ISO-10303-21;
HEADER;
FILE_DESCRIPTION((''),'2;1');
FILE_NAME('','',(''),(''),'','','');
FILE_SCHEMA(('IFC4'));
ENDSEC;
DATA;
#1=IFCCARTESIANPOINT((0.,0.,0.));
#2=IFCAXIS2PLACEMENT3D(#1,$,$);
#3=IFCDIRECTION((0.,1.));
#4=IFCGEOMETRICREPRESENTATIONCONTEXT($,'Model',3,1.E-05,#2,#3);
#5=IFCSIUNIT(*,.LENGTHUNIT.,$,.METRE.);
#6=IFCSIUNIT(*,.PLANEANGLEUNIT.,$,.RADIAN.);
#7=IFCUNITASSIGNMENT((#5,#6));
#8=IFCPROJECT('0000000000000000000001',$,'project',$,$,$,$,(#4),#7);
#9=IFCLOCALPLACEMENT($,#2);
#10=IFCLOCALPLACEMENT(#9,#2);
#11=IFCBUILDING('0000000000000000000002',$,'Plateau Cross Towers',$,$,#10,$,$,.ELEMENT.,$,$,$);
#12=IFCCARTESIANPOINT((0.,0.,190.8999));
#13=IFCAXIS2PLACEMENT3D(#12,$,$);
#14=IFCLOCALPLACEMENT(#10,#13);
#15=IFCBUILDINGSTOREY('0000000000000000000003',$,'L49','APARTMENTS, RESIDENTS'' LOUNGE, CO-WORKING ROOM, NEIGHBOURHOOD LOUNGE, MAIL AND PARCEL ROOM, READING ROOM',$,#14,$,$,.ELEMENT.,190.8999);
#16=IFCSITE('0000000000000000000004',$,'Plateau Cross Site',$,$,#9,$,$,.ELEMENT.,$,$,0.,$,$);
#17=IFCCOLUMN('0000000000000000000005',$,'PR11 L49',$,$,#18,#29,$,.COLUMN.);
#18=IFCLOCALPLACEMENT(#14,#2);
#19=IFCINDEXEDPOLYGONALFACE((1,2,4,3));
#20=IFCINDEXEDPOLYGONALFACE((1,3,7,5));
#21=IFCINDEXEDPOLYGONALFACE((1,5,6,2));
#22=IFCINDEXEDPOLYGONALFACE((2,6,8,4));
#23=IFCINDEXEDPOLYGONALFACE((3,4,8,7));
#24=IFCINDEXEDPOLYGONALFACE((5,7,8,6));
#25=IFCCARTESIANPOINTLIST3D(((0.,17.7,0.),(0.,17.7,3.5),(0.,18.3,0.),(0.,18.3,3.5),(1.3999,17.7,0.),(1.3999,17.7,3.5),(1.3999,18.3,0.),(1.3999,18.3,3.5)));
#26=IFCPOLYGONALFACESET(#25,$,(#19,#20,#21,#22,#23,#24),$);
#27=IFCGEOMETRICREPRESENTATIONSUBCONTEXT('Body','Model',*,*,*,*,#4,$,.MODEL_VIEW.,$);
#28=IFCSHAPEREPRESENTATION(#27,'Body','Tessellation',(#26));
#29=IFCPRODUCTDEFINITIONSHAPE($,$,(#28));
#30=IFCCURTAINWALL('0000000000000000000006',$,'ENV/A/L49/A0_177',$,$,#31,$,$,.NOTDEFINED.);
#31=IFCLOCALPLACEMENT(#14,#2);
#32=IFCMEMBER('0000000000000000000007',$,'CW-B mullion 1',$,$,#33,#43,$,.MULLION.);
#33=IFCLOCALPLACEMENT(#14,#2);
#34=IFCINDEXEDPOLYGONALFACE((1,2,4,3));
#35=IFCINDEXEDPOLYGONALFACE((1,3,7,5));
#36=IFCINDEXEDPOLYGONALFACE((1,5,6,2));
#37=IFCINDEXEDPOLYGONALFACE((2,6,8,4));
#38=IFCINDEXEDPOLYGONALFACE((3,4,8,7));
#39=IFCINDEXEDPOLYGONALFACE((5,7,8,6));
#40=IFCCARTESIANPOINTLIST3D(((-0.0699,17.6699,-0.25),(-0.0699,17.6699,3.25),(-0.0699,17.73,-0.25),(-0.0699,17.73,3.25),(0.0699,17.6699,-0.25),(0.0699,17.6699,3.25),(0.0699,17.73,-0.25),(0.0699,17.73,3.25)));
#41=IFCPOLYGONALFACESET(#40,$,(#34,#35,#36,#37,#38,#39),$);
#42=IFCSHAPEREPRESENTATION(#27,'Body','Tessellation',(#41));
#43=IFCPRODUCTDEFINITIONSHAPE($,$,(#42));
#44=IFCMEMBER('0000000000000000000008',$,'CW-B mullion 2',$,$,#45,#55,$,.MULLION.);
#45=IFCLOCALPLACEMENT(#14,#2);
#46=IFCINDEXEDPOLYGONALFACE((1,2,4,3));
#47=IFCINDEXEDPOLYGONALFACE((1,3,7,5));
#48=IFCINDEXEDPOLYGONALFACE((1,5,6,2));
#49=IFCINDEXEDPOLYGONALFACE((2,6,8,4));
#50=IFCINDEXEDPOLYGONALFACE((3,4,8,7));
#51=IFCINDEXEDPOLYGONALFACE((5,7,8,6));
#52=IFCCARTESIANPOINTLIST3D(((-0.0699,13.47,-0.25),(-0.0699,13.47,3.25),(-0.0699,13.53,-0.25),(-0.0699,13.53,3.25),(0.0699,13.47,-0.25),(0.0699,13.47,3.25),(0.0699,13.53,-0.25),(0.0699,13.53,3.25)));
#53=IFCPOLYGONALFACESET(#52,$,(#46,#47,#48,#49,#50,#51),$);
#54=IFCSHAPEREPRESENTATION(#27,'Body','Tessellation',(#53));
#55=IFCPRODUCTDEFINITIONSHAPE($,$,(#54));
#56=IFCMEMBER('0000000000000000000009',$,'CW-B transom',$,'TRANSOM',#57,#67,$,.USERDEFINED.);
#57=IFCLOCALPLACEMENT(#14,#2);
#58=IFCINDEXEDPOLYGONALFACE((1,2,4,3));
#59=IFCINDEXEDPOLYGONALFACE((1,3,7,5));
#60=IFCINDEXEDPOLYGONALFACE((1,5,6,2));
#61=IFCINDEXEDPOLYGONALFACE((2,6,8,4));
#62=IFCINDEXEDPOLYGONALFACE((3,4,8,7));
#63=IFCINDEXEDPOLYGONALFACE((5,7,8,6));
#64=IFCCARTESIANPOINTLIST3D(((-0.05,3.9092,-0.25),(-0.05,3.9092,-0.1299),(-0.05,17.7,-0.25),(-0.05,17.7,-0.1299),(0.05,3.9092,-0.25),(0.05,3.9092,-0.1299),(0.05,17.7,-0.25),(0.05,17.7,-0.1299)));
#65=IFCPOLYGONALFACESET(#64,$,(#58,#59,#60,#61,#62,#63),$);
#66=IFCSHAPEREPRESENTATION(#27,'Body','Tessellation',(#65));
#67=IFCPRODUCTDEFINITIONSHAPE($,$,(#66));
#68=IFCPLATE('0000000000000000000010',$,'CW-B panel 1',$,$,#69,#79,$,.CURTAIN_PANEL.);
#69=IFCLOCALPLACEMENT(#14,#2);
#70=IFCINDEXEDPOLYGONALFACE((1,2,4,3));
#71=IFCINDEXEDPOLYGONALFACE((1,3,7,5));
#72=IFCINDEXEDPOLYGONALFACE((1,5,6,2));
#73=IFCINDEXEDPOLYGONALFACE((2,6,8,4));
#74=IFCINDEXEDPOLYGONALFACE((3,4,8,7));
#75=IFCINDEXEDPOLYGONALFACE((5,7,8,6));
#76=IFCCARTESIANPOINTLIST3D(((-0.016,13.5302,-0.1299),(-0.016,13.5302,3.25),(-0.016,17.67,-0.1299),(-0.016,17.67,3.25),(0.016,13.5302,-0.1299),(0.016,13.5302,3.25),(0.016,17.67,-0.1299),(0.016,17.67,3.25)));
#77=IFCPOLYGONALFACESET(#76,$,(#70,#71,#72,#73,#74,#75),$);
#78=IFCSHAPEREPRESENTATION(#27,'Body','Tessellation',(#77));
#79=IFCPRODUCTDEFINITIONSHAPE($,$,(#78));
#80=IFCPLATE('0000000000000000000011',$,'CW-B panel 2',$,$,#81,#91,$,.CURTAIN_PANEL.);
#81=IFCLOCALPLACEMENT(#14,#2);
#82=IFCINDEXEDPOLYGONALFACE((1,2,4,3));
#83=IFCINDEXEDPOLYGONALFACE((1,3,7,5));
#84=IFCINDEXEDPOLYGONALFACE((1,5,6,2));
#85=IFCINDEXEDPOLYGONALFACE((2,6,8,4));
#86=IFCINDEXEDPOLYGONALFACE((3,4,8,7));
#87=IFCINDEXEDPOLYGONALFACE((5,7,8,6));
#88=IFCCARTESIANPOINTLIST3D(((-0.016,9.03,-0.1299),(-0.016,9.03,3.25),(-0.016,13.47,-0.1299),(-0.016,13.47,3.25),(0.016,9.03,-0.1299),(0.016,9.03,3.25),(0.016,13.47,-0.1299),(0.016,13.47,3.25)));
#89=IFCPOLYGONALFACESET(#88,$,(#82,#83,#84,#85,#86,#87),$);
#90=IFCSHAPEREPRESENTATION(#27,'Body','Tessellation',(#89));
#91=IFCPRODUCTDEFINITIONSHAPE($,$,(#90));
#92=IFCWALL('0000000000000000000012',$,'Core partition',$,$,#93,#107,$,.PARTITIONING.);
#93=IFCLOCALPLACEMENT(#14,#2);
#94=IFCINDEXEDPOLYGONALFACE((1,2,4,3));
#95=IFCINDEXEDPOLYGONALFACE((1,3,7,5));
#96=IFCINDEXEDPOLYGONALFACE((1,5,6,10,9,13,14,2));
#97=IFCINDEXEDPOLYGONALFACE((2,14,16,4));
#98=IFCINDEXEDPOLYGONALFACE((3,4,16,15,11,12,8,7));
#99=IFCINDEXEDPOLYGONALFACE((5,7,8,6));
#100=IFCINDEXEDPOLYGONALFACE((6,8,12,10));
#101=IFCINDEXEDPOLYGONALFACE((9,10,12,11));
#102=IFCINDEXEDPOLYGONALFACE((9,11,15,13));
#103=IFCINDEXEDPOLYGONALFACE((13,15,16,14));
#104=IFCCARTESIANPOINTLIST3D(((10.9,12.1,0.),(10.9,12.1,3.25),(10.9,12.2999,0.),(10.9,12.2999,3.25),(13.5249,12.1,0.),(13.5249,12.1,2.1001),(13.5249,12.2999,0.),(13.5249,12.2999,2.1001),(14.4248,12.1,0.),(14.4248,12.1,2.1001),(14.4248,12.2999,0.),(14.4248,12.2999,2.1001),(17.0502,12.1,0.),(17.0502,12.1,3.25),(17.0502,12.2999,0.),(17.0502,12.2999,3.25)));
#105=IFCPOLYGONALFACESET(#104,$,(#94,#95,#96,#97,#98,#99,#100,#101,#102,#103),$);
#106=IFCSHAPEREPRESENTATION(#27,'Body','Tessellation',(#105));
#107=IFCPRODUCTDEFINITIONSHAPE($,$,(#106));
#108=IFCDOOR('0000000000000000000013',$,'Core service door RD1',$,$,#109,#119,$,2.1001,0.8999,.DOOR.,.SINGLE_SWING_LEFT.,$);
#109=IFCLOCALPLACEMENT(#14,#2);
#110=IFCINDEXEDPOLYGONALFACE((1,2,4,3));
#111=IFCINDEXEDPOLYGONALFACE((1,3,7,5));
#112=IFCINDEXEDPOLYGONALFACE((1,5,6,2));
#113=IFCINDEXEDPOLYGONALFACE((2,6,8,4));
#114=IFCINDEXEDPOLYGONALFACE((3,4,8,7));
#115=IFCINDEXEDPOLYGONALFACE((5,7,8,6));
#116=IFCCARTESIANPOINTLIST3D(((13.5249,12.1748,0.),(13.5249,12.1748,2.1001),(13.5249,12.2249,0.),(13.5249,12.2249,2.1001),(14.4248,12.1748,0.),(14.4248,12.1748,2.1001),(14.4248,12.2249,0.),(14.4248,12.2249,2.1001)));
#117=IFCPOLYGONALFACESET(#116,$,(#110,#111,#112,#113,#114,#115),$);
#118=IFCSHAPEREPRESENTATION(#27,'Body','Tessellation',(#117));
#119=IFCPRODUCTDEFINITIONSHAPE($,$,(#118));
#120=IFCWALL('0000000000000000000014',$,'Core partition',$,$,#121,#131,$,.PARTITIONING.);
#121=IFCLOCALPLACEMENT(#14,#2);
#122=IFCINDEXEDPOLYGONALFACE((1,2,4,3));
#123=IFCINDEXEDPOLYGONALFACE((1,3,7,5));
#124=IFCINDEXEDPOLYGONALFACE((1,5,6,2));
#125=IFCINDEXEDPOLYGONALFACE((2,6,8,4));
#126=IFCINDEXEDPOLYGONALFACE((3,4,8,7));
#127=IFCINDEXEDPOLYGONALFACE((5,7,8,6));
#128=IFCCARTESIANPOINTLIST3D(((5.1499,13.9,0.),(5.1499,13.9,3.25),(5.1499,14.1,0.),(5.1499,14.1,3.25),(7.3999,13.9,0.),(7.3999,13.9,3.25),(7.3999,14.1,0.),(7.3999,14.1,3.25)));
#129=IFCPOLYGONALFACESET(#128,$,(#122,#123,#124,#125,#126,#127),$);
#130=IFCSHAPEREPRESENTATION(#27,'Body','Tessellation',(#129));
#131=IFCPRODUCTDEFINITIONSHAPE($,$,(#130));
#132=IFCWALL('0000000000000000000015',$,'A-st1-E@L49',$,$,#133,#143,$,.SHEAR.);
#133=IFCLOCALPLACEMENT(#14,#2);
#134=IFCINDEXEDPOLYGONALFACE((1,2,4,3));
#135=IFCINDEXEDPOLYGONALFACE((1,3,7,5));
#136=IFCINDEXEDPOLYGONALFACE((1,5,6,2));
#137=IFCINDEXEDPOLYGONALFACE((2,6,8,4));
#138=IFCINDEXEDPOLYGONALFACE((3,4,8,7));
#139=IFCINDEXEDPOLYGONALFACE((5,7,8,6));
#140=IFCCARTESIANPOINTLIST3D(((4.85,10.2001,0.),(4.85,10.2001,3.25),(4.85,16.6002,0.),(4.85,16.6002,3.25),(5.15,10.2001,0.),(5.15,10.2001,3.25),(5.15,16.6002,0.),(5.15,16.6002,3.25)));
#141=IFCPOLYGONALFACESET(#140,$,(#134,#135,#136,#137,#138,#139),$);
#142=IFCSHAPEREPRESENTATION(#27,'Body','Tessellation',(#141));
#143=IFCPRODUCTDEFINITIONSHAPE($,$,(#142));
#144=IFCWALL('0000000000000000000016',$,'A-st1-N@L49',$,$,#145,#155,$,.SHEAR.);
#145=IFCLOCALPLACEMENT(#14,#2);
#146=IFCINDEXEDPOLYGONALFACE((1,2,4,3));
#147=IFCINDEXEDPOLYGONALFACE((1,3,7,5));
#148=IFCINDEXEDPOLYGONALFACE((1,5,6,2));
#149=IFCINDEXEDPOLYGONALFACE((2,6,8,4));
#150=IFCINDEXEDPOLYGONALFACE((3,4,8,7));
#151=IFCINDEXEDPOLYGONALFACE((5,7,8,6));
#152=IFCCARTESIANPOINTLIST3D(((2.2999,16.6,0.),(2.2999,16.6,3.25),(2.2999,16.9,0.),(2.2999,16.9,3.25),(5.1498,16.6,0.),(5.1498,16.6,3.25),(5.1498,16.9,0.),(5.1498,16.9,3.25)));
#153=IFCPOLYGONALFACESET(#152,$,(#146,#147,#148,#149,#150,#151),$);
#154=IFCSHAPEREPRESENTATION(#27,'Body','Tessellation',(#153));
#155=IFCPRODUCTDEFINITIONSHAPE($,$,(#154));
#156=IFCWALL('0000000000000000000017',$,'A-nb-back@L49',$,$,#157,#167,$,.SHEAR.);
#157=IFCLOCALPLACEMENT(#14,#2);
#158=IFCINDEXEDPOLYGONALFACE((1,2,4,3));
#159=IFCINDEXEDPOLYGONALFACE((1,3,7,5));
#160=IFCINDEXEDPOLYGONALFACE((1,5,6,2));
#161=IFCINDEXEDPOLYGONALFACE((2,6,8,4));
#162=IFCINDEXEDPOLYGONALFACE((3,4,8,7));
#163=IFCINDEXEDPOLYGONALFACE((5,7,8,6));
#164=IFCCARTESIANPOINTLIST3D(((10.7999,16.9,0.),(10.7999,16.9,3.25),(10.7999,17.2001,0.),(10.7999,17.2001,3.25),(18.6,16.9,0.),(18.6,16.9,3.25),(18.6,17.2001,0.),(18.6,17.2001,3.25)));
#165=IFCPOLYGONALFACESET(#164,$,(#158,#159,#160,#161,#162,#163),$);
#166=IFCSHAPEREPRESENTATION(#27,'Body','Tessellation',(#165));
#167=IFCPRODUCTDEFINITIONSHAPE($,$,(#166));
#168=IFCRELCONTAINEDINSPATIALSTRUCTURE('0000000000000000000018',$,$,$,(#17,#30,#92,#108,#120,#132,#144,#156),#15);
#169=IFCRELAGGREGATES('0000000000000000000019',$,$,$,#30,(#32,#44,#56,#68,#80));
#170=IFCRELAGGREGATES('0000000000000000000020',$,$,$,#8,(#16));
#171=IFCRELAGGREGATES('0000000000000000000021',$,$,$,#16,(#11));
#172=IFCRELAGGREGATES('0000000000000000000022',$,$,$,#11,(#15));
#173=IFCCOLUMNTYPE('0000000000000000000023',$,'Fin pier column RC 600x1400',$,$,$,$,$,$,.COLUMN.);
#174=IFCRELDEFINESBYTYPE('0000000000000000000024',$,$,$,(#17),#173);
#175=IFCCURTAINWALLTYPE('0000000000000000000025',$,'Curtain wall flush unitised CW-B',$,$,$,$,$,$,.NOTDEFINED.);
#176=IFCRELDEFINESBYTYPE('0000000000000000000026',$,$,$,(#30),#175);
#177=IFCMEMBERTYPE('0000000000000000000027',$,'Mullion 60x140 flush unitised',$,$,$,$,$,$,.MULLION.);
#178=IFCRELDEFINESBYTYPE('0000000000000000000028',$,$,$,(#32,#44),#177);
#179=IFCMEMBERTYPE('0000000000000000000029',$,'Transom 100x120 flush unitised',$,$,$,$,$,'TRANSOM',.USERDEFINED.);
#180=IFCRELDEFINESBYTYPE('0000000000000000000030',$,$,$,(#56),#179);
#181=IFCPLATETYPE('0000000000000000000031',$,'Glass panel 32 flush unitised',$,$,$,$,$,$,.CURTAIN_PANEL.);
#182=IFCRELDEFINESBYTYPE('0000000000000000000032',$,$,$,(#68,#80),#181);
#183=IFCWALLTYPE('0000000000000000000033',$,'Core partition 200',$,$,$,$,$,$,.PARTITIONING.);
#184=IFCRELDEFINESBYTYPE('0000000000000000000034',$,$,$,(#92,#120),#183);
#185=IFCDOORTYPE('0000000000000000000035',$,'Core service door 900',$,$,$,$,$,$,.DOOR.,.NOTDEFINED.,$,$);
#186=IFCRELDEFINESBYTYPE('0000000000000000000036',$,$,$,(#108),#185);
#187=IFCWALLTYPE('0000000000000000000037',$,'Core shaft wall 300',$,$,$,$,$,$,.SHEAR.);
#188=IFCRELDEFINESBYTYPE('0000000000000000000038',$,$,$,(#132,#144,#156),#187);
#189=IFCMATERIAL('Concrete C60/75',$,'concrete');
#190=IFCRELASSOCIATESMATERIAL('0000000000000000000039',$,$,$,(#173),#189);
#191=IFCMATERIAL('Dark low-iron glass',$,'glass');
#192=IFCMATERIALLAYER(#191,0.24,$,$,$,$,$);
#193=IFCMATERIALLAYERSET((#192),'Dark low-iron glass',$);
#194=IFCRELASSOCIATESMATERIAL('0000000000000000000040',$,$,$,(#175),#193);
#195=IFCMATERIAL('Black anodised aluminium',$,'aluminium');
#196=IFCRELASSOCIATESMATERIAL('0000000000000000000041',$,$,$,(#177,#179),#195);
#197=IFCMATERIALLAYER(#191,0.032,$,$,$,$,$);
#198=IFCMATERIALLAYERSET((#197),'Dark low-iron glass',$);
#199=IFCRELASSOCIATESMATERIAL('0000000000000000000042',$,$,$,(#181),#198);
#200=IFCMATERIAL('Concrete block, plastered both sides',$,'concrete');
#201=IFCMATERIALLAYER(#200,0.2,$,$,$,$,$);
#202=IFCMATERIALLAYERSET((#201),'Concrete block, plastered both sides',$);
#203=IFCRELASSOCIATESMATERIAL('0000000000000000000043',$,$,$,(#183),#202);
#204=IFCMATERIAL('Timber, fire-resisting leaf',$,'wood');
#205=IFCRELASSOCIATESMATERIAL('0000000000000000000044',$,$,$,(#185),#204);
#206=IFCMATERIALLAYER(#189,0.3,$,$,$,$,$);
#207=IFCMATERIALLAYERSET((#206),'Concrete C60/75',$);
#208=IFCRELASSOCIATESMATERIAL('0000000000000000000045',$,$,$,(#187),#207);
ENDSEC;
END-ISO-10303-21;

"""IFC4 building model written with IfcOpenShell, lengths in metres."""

from ifc_helpers import new_model, si_unit, direction, frame, frame_2d, origin, origin_2d, place, context, subcontext, project, spatial, rectangle, extrude, material, layer, layer_set, material_profile, profile_set, type_object, element, fill, aggregate, save


model = new_model("IFC4")

# Units and contexts
model_context = context("Model", 3, precision=1e-05, world=origin(), true_north=direction((0.0, 1.0)))
body_context = subcontext(model_context, "Body", "Model", "MODEL_VIEW")
ifc_project = project(units=[si_unit("LENGTHUNIT", "METRE"), si_unit("PLANEANGLEUNIT", "RADIAN")], contexts=[model_context])

# Site, building, storey
site_placement = place(None, origin())
site = spatial("IfcSite", under=ifc_project, at=site_placement, Name="Plateau Cross Site", CompositionType="ELEMENT", RefElevation=0.0)
building_placement = place(site_placement, origin())
building = spatial("IfcBuilding", under=site, at=building_placement, Name="Plateau Cross Towers", CompositionType="ELEMENT")
storey_placement = place(building_placement, frame((0.0, 0.0, 190.8999)))
storey = spatial("IfcBuildingStorey", under=building, at=storey_placement, Name="L49", Description="APARTMENTS, RESIDENTS' LOUNGE, CO-WORKING ROOM, NEIGHBOURHOOD LOUNGE, MAIL AND PARCEL ROOM, READING ROOM", CompositionType="ELEMENT", Elevation=190.8999)

# Column
ifc_material_1 = material(Name="Concrete C60/75", Category="concrete")
ifc_material_profile_1 = material_profile(ifc_material_1, rectangle(XDim=0.6001, YDim=1.3999, at=origin_2d()), Name="RC 600x1400")
ifc_profile_set_1 = profile_set([ifc_material_profile_1], Name="Concrete C60/75")
column_type = type_object("IfcColumnType", Name="Fin pier column RC 600x1400", PredefinedType="COLUMN", material=ifc_profile_set_1)
column_placement = place(storey_placement, frame((0.7, 18.0, 0.0), z_axis=(0.0, 0.0, 1.0), x_axis=(0.0, 1.0, 0.0)))
element("IfcColumn", 1, at=column_placement, inside=storey, type_object=column_type, Name="PR11 L49", PredefinedType="COLUMN", context=body_context, shape_type="SweptSolid", body=[
    extrude(rectangle(XDim=0.6001, YDim=1.3999, at=origin_2d()), origin(), (0.0, 0.0, 1.0), 3.5),
])

# Curtain wall, members, plates
ifc_material_2 = material(Name="Dark low-iron glass", Category="glass")
ifc_layer_1 = layer(ifc_material_2, 0.24)
ifc_layer_set_1 = layer_set([ifc_layer_1], Name="Dark low-iron glass")
curtain_wall_type = type_object("IfcCurtainWallType", Name="Curtain wall flush unitised CW-B", PredefinedType="NOTDEFINED", material=ifc_layer_set_1)
curtain_wall_placement = place(storey_placement, origin())
curtain_wall = element("IfcCurtainWall", 2, at=curtain_wall_placement, inside=storey, type_object=curtain_wall_type, Name="ENV/A/L49/A0_177", PredefinedType="NOTDEFINED")
ifc_material_3 = material(Name="Black anodised aluminium", Category="aluminium")
ifc_material_profile_2 = material_profile(ifc_material_3, rectangle(XDim=0.0601, YDim=0.1399, at=origin_2d()), Name="MULLION 60x140")
ifc_profile_set_2 = profile_set([ifc_material_profile_2], Name="Black anodised aluminium")
member_type_1 = type_object("IfcMemberType", Name="Mullion 60x140 flush unitised", PredefinedType="MULLION", material=ifc_profile_set_2)
member_1_placement = place(storey_placement, frame((0.0, 17.7, -0.25), z_axis=(0.0, 0.0, 1.0), x_axis=(0.0, -1.0, 0.0)))
member_1 = element("IfcMember", 3, at=member_1_placement, type_object=member_type_1, Name="CW-B mullion 1", PredefinedType="MULLION", context=body_context, shape_type="SweptSolid", body=[
    extrude(rectangle(XDim=0.0601, YDim=0.1399, at=origin_2d()), origin(), (0.0, 0.0, 1.0), 3.5),
])
member_2_placement = place(storey_placement, frame((0.0, 13.5, -0.25), z_axis=(0.0, 0.0, 1.0), x_axis=(0.0, -1.0, 0.0)))
member_2 = element("IfcMember", 4, at=member_2_placement, type_object=member_type_1, Name="CW-B mullion 2", PredefinedType="MULLION", context=body_context, shape_type="SweptSolid", body=[
    extrude(rectangle(XDim=0.0601, YDim=0.1399, at=origin_2d()), origin(), (0.0, 0.0, 1.0), 3.5),
])
ifc_material_profile_3 = material_profile(ifc_material_3, rectangle(XDim=0.1001, YDim=0.1201, at=origin_2d()), Name="TRANSOM 100x120")
ifc_profile_set_3 = profile_set([ifc_material_profile_3], Name="Black anodised aluminium")
member_type_2 = type_object("IfcMemberType", Name="Transom 100x120 flush unitised", ElementType="TRANSOM", PredefinedType="USERDEFINED", material=ifc_profile_set_3)
member_3_placement = place(storey_placement, frame((0.0, 17.7, -0.1899), z_axis=(0.0, -1.0, 0.0), x_axis=(1.0, 0.0, 0.0)))
member_3 = element("IfcMember", 5, at=member_3_placement, type_object=member_type_2, Name="CW-B transom", ObjectType="TRANSOM", PredefinedType="USERDEFINED", context=body_context, shape_type="SweptSolid", body=[
    extrude(rectangle(XDim=0.1001, YDim=0.1201, at=origin_2d()), origin(), (0.0, 0.0, 1.0), 13.7908),
])
ifc_layer_2 = layer(ifc_material_2, 0.032)
ifc_layer_set_2 = layer_set([ifc_layer_2], Name="Dark low-iron glass")
plate_type = type_object("IfcPlateType", Name="Glass panel 32 flush unitised", PredefinedType="CURTAIN_PANEL", material=ifc_layer_set_2)
plate_1_placement = place(storey_placement, frame((0.0, 15.6001, -0.1299), z_axis=(0.0, 0.0, 1.0), x_axis=(0.0, -1.0, 0.0)))
plate_1 = element("IfcPlate", 6, at=plate_1_placement, type_object=plate_type, Name="CW-B panel 1", PredefinedType="CURTAIN_PANEL", context=body_context, shape_type="SweptSolid", body=[
    extrude(rectangle(XDim=4.1399, YDim=0.032, at=origin_2d()), origin(), (0.0, 0.0, 1.0), 3.3799),
])
plate_2_placement = place(storey_placement, frame((0.0, 11.25, -0.1299), z_axis=(0.0, 0.0, 1.0), x_axis=(0.0, -1.0, 0.0)))
plate_2 = element("IfcPlate", 7, at=plate_2_placement, type_object=plate_type, Name="CW-B panel 2", PredefinedType="CURTAIN_PANEL", context=body_context, shape_type="SweptSolid", body=[
    extrude(rectangle(XDim=4.4399, YDim=0.032, at=origin_2d()), origin(), (0.0, 0.0, 1.0), 3.3799),
])
aggregate(curtain_wall, [member_1, member_2, member_3, plate_1, plate_2])

# Wall, opening, door
ifc_material_4 = material(Name="Concrete block, plastered both sides", Category="concrete")
ifc_layer_3 = layer(ifc_material_4, 0.2)
ifc_layer_set_3 = layer_set([ifc_layer_3], Name="Concrete block, plastered both sides")
wall_type_1 = type_object("IfcWallType", Name="Core partition 200", PredefinedType="PARTITIONING", material=ifc_layer_set_3)
wall_1_placement = place(storey_placement, frame((10.8999, 12.2, 0.0), z_axis=(0.0, 0.0, 1.0), x_axis=(1.0, 0.0, 0.0)))
wall_1 = element("IfcWall", 8, at=wall_1_placement, inside=storey, type_object=wall_type_1, Name="Core partition", PredefinedType="PARTITIONING", context=body_context, shape_type="SweptSolid", body=[
    extrude(rectangle(XDim=6.1501, YDim=0.2, at=frame_2d((3.0752, 0.0))), origin(), (0.0, 0.0, 1.0), 3.25),
])
opening_1_placement = place(wall_1_placement, frame((2.625, 0.0, 0.0)))
opening_1 = element("IfcOpeningElement", 9, at=opening_1_placement, cuts=wall_1, PredefinedType="OPENING", context=body_context, shape_type="SweptSolid", body=[
    extrude(rectangle(XDim=0.8999, YDim=2.1001, at=frame_2d((0.45, 1.05))), frame((0.0, 0.1099, 0.0), z_axis=(0.0, -1.0, 0.0), x_axis=(1.0, 0.0, 0.0)), (0.0, 0.0, 1.0), 0.22),
])
ifc_material_5 = material(Name="Timber, fire-resisting leaf", Category="wood")
door_type_1 = type_object("IfcDoorType", Name="Core service door 900", OperationType="NOTDEFINED", PredefinedType="DOOR", material=ifc_material_5)
door_1_placement = place(opening_1_placement, origin())
door_1 = element("IfcDoor", 10, at=door_1_placement, inside=storey, type_object=door_type_1, Name="Core service door RD1", OperationType="SINGLE_SWING_LEFT", OverallHeight=2.1001, OverallWidth=0.8999, PredefinedType="DOOR", context=body_context, shape_type="SweptSolid", body=[
    extrude(rectangle(XDim=0.8999, YDim=2.1001, at=frame_2d((0.45, 1.05))), frame((0.0, 0.0249, 0.0), z_axis=(0.0, -1.0, 0.0), x_axis=(1.0, 0.0, 0.0)), (0.0, 0.0, 1.0), 0.05),
])
fill(opening_1, door_1)

# Walls
wall_2_placement = place(storey_placement, frame((5.1499, 14.0, 0.0), z_axis=(0.0, 0.0, 1.0), x_axis=(1.0, 0.0, 0.0)))
element("IfcWall", 11, at=wall_2_placement, inside=storey, type_object=wall_type_1, Name="Core partition", PredefinedType="PARTITIONING", context=body_context, shape_type="SweptSolid", body=[
    extrude(rectangle(XDim=2.25, YDim=0.2, at=frame_2d((1.125, 0.0))), origin(), (0.0, 0.0, 1.0), 3.25),
])
ifc_layer_4 = layer(ifc_material_1, 0.3)
ifc_layer_set_4 = layer_set([ifc_layer_4], Name="Concrete C60/75")
wall_type_2 = type_object("IfcWallType", Name="Core shaft wall 300", PredefinedType="SHEAR", material=ifc_layer_set_4)
wall_3_placement = place(storey_placement, frame((5.0, 10.2, 0.0), z_axis=(0.0, 0.0, 1.0), x_axis=(0.0, 1.0, 0.0)))
element("IfcWall", 12, at=wall_3_placement, inside=storey, type_object=wall_type_2, Name="A-st1-E@L49", PredefinedType="SHEAR", context=body_context, shape_type="SweptSolid", body=[
    extrude(rectangle(XDim=6.4001, YDim=0.3, at=frame_2d((3.2002, 0.0))), origin(), (0.0, 0.0, 1.0), 3.25),
])
wall_4_placement = place(storey_placement, frame((2.3, 16.75, 0.0), z_axis=(0.0, 0.0, 1.0), x_axis=(1.0, 0.0, 0.0)))
element("IfcWall", 13, at=wall_4_placement, inside=storey, type_object=wall_type_2, Name="A-st1-N@L49", PredefinedType="SHEAR", context=body_context, shape_type="SweptSolid", body=[
    extrude(rectangle(XDim=2.8499, YDim=0.3, at=frame_2d((1.4248, 0.0))), origin(), (0.0, 0.0, 1.0), 3.25),
])
wall_5_placement = place(storey_placement, frame((10.8, 17.05, 0.0), z_axis=(0.0, 0.0, 1.0), x_axis=(1.0, 0.0, 0.0)))
element("IfcWall", 14, at=wall_5_placement, inside=storey, type_object=wall_type_2, Name="A-nb-back@L49", PredefinedType="SHEAR", context=body_context, shape_type="SweptSolid", body=[
    extrude(rectangle(XDim=7.8, YDim=0.3, at=frame_2d((3.8999, 0.0))), origin(), (0.0, 0.0, 1.0), 3.25),
])

save(model, "model.ifc")
